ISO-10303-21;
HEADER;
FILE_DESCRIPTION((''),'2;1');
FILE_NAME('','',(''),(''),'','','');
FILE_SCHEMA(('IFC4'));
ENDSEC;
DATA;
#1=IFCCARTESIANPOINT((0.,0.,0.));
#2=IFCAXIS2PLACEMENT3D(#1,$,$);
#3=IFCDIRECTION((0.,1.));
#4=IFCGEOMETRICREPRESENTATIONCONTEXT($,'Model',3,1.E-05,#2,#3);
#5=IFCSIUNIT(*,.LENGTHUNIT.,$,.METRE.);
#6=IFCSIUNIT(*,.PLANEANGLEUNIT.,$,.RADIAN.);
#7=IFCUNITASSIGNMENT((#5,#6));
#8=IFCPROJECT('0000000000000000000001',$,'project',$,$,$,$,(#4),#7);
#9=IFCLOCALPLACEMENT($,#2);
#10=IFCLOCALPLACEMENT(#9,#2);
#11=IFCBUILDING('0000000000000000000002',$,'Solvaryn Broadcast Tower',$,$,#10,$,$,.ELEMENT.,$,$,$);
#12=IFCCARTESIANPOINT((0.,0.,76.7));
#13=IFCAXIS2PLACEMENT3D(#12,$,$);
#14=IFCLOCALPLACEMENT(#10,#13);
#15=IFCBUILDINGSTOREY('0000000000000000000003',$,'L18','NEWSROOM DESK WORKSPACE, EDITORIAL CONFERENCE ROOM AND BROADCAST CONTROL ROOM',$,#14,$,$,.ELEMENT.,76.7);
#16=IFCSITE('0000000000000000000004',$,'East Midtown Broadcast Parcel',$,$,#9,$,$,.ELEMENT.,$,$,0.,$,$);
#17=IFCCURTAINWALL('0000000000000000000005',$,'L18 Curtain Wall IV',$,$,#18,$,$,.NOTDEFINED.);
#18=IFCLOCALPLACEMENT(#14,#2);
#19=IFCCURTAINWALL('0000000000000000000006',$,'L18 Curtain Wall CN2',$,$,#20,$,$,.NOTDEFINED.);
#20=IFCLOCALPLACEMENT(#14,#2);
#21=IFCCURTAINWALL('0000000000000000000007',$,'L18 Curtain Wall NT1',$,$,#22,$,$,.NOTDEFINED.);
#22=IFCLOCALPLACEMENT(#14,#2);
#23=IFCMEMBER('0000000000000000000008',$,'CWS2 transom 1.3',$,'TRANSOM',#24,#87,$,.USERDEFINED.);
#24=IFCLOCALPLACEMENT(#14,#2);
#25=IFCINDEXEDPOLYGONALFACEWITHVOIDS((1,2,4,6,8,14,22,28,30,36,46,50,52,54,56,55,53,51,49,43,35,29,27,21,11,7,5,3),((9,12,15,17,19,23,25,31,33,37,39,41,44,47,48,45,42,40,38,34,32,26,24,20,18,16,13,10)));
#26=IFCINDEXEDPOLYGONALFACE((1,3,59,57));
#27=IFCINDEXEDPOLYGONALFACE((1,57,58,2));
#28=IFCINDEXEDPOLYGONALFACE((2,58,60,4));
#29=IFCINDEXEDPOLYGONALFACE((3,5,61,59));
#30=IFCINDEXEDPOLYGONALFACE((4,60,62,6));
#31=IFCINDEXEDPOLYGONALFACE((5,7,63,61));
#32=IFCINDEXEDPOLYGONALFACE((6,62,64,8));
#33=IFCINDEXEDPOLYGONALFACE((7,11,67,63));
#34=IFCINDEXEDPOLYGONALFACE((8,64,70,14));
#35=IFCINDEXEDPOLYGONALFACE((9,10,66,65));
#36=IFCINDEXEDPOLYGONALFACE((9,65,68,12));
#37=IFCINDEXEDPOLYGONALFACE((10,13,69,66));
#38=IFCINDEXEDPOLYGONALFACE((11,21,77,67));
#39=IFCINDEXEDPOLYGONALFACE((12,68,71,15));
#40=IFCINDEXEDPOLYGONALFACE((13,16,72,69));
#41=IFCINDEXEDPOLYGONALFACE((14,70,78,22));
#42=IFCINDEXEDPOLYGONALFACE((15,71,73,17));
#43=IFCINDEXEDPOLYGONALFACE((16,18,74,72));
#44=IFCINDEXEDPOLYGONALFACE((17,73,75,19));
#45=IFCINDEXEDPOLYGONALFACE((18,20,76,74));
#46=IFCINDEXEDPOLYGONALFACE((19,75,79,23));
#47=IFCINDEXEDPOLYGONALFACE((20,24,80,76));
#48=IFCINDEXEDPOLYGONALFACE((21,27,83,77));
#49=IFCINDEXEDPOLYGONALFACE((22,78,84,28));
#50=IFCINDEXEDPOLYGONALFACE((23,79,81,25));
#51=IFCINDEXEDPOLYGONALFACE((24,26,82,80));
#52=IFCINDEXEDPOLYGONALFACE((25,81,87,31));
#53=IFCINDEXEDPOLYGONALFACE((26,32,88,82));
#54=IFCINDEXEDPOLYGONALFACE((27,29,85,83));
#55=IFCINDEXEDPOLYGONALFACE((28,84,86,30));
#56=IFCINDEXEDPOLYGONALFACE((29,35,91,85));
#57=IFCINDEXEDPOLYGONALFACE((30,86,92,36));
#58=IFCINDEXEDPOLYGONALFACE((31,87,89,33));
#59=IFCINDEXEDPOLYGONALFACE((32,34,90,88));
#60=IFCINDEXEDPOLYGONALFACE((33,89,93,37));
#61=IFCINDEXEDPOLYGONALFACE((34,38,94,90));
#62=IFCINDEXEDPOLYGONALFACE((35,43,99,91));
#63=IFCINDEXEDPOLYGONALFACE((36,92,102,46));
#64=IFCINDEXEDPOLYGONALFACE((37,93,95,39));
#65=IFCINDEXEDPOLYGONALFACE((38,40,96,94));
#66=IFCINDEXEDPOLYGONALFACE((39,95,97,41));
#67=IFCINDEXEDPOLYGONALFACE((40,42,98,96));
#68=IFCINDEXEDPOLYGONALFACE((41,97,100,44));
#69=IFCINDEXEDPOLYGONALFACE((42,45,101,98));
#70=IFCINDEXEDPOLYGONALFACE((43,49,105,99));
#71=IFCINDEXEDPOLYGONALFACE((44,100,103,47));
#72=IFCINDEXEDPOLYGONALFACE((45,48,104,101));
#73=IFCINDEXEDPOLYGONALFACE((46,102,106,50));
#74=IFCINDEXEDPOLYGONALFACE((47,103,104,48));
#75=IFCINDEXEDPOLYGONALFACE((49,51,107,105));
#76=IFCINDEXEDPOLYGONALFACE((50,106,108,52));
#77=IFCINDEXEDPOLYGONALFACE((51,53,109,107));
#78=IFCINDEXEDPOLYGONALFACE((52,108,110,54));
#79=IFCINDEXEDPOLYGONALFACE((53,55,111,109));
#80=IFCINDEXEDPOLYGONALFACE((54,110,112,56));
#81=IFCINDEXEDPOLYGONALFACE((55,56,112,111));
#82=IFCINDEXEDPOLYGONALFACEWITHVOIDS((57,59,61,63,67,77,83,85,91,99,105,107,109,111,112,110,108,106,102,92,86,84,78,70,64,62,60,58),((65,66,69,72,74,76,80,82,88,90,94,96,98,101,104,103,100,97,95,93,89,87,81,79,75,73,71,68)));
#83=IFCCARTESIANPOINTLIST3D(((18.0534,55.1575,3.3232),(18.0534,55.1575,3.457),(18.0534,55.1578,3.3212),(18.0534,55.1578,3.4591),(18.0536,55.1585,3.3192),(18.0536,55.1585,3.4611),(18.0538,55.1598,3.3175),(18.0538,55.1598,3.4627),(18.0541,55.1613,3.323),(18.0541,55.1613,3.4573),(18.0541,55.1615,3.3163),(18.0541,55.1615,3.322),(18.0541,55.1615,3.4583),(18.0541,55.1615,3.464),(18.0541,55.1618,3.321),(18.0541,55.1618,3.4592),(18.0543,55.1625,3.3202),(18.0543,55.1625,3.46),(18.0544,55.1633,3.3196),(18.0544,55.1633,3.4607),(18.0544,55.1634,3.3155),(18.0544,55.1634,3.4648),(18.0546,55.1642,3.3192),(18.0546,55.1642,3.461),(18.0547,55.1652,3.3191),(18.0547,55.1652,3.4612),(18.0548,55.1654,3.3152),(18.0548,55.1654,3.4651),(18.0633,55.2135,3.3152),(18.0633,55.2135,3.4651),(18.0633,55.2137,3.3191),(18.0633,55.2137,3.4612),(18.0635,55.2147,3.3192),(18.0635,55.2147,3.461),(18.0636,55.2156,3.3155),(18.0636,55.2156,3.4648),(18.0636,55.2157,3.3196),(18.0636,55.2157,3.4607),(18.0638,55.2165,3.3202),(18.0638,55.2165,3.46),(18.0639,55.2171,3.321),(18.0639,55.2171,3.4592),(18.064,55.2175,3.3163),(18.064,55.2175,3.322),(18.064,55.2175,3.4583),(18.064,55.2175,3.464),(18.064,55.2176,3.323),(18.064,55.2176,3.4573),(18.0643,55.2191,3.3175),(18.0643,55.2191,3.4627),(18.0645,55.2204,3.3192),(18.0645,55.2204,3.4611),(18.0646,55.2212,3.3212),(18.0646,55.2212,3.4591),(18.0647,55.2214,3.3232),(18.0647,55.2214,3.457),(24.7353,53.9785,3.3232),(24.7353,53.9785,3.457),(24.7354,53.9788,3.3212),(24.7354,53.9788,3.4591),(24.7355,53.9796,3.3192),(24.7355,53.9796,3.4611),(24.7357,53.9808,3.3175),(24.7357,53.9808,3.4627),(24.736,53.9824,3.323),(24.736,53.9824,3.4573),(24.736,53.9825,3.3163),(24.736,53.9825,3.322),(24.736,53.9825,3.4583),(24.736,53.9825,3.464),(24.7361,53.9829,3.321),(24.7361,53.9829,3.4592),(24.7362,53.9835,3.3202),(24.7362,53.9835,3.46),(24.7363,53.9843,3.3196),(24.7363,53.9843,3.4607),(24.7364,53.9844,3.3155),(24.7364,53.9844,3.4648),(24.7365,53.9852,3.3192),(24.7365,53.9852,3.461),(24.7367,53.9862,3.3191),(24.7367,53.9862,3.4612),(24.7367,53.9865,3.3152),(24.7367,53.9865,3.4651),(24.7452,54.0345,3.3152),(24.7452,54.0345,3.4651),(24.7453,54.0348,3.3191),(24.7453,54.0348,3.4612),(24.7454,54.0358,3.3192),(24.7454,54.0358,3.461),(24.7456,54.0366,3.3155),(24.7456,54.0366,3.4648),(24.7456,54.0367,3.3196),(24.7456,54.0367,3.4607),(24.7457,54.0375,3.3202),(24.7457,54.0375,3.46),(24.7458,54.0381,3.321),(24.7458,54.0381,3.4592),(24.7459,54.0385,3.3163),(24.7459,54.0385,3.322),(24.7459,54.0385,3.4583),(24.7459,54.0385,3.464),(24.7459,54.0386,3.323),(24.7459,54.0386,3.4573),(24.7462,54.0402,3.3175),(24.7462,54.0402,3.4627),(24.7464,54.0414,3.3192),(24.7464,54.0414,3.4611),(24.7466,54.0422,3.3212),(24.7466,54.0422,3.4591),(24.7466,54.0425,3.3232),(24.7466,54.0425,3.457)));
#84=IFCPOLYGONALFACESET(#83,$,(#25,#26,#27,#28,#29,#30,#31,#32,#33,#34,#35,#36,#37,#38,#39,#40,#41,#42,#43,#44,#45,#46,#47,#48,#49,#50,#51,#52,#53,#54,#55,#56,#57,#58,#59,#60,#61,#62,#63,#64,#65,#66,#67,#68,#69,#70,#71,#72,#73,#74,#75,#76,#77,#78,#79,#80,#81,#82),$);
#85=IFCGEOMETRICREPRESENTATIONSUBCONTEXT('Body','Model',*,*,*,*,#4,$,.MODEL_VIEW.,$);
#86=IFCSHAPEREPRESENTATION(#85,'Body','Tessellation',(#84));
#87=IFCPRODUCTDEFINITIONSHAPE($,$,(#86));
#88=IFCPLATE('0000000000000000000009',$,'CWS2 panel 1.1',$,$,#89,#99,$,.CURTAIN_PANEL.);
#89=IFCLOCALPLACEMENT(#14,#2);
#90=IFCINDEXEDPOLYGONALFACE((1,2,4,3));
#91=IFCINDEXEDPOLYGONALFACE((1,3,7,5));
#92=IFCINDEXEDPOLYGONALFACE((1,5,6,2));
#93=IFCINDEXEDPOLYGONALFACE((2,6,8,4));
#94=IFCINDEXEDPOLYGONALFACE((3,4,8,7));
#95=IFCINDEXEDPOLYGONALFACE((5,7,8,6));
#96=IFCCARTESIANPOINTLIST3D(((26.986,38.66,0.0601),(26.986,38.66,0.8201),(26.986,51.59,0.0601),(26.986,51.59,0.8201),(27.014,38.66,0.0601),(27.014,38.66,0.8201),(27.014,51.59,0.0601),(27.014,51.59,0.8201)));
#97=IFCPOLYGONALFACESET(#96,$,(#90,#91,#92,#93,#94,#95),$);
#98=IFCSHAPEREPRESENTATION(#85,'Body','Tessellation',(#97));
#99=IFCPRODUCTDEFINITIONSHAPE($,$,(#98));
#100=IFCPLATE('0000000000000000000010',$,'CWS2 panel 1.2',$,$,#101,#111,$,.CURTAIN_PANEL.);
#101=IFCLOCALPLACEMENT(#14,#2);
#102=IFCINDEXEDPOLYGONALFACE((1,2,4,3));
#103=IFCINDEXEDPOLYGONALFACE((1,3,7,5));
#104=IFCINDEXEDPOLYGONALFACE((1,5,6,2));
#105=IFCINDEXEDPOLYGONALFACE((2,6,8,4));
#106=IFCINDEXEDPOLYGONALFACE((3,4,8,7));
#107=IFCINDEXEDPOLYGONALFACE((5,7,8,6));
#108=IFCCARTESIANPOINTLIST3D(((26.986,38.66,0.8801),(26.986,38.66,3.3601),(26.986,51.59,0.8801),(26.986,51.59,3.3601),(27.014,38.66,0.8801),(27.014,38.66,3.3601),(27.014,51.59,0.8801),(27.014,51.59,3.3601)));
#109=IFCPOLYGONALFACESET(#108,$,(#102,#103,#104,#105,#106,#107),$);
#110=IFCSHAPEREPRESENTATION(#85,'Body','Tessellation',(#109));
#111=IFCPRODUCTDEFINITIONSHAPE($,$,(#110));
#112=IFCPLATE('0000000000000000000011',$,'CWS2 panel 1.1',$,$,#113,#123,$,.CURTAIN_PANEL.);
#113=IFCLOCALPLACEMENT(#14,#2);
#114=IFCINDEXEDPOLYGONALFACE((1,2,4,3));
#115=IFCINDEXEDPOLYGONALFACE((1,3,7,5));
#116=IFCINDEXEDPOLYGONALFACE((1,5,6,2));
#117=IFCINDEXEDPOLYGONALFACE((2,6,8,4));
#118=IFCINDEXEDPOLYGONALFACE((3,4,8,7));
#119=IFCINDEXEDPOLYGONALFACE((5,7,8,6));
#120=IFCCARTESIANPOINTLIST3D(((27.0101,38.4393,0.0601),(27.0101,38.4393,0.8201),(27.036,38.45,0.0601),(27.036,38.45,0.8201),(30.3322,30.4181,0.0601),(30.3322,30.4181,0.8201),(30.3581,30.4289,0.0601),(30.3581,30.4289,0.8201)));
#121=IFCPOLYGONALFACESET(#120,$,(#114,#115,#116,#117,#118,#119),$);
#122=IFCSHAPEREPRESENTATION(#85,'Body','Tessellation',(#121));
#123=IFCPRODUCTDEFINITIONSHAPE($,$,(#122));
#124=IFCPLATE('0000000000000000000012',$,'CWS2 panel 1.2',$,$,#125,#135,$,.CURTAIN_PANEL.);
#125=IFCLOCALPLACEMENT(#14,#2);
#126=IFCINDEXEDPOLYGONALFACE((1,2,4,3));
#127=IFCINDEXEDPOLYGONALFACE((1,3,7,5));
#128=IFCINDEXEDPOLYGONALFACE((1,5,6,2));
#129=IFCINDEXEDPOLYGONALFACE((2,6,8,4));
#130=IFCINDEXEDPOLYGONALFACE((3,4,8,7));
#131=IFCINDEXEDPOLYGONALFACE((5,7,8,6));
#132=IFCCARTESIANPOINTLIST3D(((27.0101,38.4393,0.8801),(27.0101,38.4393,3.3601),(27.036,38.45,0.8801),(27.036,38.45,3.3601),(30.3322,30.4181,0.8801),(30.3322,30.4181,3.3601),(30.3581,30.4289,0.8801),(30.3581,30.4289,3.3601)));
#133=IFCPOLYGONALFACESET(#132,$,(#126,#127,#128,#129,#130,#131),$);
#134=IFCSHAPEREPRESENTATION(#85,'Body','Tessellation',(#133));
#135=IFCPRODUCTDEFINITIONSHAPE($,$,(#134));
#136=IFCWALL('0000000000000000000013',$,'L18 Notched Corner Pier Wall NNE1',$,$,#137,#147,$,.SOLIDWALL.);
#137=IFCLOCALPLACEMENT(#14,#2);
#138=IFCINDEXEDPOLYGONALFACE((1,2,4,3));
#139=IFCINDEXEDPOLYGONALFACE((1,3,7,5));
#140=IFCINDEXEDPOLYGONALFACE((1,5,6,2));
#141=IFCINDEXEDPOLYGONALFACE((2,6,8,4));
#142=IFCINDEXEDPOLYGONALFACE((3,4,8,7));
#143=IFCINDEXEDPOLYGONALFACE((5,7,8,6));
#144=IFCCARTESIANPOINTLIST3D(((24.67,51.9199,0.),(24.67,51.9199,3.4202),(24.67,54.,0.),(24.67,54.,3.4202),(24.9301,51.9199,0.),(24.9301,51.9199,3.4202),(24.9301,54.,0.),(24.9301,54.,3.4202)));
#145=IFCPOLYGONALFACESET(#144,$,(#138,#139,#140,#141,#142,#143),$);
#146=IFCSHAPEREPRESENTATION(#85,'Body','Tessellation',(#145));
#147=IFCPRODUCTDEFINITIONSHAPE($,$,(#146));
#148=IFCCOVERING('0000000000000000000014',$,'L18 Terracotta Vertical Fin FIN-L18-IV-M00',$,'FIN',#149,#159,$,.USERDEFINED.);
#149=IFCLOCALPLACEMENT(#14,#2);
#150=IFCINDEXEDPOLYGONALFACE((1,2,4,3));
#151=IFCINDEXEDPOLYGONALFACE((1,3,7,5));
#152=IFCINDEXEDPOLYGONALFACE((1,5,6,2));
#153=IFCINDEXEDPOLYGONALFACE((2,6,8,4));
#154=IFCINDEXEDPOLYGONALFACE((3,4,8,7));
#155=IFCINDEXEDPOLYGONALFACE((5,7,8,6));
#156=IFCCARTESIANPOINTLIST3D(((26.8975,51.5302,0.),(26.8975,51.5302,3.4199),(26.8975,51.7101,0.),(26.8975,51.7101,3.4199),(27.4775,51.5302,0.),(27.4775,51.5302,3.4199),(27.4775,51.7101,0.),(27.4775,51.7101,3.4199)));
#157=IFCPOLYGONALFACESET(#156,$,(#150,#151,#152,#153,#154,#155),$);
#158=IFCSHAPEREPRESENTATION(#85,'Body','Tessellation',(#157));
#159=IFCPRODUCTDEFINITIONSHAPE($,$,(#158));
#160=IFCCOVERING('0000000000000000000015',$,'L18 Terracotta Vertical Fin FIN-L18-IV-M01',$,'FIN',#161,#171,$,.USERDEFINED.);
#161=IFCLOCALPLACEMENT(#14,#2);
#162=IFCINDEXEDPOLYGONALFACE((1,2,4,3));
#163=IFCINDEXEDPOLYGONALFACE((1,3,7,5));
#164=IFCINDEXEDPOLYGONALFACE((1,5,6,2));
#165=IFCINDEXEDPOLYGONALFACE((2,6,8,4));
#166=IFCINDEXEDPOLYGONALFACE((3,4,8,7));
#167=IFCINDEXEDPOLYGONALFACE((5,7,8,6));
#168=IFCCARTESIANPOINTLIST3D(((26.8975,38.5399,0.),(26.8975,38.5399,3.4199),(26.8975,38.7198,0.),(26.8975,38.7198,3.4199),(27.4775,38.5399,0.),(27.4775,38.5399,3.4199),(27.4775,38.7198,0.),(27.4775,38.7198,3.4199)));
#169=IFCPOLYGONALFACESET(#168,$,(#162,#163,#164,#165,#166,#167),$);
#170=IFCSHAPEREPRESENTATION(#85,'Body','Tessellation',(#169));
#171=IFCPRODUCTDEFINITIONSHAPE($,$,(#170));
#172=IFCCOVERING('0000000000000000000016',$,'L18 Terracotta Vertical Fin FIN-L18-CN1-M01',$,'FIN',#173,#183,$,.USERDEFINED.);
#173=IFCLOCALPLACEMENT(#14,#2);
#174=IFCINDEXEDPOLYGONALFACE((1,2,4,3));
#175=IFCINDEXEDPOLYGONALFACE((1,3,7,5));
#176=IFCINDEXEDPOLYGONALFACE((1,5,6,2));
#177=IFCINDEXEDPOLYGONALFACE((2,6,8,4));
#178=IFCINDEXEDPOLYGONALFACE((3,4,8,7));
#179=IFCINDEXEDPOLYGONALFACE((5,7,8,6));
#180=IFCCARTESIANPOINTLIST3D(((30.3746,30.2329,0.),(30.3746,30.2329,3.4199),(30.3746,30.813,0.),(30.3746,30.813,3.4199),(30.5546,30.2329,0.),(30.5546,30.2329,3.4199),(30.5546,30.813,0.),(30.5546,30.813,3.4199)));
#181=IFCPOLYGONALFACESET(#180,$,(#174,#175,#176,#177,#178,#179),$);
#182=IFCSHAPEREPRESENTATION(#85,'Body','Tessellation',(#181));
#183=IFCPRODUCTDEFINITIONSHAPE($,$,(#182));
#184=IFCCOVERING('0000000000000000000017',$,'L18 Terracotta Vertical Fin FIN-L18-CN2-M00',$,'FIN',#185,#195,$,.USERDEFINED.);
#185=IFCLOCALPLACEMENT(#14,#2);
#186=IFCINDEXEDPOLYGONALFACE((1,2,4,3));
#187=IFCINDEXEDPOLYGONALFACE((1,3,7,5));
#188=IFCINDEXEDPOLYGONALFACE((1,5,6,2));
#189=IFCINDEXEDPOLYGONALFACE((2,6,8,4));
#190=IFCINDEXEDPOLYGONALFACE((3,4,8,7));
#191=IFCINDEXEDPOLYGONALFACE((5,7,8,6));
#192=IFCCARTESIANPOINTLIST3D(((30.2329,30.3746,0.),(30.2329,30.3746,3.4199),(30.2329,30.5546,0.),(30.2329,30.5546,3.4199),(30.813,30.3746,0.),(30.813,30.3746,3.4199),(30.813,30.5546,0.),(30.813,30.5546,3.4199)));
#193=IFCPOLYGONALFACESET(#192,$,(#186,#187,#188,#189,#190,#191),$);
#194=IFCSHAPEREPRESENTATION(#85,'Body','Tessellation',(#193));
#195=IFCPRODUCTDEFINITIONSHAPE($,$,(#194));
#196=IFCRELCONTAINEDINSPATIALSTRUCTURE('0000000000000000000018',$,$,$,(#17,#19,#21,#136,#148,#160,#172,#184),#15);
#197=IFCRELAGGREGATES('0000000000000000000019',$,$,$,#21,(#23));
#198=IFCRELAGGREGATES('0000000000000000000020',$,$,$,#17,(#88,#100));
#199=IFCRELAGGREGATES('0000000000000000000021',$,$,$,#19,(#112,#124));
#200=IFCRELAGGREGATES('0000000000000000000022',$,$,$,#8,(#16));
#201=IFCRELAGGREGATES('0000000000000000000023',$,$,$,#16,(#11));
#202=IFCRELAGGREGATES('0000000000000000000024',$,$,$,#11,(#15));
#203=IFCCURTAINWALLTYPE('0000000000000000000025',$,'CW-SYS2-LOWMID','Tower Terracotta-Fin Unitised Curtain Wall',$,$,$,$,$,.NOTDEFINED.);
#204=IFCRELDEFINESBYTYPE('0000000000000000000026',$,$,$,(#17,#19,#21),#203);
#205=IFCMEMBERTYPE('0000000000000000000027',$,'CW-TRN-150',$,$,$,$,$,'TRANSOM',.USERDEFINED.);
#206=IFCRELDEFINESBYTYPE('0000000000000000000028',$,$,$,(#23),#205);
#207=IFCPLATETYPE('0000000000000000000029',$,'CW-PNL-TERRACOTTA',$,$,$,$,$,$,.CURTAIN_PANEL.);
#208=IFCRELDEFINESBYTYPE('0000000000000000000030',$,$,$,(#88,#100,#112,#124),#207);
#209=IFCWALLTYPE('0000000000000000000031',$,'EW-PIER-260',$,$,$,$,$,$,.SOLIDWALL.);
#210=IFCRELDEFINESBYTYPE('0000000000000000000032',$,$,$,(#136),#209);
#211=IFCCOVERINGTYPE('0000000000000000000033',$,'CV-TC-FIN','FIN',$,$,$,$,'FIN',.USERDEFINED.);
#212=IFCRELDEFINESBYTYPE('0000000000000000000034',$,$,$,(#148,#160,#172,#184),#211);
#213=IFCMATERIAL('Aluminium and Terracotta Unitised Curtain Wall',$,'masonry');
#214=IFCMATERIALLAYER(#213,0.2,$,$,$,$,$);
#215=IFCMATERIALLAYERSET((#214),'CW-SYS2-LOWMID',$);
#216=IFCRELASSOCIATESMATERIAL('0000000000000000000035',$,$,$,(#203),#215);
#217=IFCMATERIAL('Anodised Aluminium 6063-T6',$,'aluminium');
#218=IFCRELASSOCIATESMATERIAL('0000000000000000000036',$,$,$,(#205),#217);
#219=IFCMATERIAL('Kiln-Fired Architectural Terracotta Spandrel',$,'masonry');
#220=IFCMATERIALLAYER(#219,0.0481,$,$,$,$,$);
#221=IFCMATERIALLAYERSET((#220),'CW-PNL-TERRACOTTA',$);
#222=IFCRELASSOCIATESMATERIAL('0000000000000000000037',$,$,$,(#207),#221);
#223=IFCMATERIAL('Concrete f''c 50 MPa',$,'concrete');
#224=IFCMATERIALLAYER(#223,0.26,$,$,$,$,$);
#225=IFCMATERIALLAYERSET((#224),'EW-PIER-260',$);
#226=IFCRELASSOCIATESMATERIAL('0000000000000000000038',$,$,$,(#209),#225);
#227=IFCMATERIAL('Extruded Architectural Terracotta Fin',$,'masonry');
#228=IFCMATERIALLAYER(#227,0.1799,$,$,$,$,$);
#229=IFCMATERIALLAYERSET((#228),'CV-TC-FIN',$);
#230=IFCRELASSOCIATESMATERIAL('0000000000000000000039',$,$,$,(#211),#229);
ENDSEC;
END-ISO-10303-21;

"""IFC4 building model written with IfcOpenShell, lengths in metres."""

from ifc_helpers import new_model, si_unit, direction, frame, frame_2d, origin, origin_2d, place, context, subcontext, project, spatial, rectangle, hollow_rectangle, extrude, material, layer, layer_set, material_profile, profile_set, type_object, element, aggregate, save


model = new_model("IFC4")

# Units and contexts
model_context = context("Model", 3, precision=1e-05, world=origin(), true_north=direction((0.0, 1.0)))
body_context = subcontext(model_context, "Body", "Model", "MODEL_VIEW")
ifc_project = project(units=[si_unit("LENGTHUNIT", "METRE"), si_unit("PLANEANGLEUNIT", "RADIAN")], contexts=[model_context])

# Site, building, storey
site_placement = place(None, origin())
site = spatial("IfcSite", under=ifc_project, at=site_placement, Name="East Midtown Broadcast Parcel", CompositionType="ELEMENT", RefElevation=0.0)
building_placement = place(site_placement, origin())
building = spatial("IfcBuilding", under=site, at=building_placement, Name="Solvaryn Broadcast Tower", CompositionType="ELEMENT")
storey_placement = place(building_placement, frame((0.0, 0.0, 76.7)))
storey = spatial("IfcBuildingStorey", under=building, at=storey_placement, Name="L18", Description="NEWSROOM DESK WORKSPACE, EDITORIAL CONFERENCE ROOM AND BROADCAST CONTROL ROOM", CompositionType="ELEMENT", Elevation=76.7)

# Curtain wall
ifc_material_1 = material(Name="Aluminium and Terracotta Unitised Curtain Wall", Category="masonry")
ifc_layer_1 = layer(ifc_material_1, 0.2)
ifc_layer_set_1 = layer_set([ifc_layer_1], Name="CW-SYS2-LOWMID")
curtain_wall_type = type_object("IfcCurtainWallType", Name="CW-SYS2-LOWMID", Description="Tower Terracotta-Fin Unitised Curtain Wall", PredefinedType="NOTDEFINED", material=ifc_layer_set_1)
curtain_wall_1_placement = place(storey_placement, origin())
curtain_wall_1 = element("IfcCurtainWall", 1, at=curtain_wall_1_placement, inside=storey, type_object=curtain_wall_type, Name="L18 Curtain Wall IV", PredefinedType="NOTDEFINED")

# Curtain walls
curtain_wall_2_placement = place(storey_placement, origin())
curtain_wall_2 = element("IfcCurtainWall", 2, at=curtain_wall_2_placement, inside=storey, type_object=curtain_wall_type, Name="L18 Curtain Wall CN2", PredefinedType="NOTDEFINED")
curtain_wall_3_placement = place(storey_placement, origin())
curtain_wall_3 = element("IfcCurtainWall", 3, at=curtain_wall_3_placement, inside=storey, type_object=curtain_wall_type, Name="L18 Curtain Wall NT1", PredefinedType="NOTDEFINED")

# Member
ifc_material_2 = material(Name="Anodised Aluminium 6063-T6", Category="aluminium")
ifc_material_profile_1 = material_profile(ifc_material_2, hollow_rectangle(XDim=0.0649, YDim=0.1499, WallThickness=0.0039, InnerFilletRadius=0.0039, OuterFilletRadius=0.0081, at=origin_2d()))
ifc_profile_set_1 = profile_set([ifc_material_profile_1], Name="Anodised Aluminium 6063-T6")
member_type_1 = type_object("IfcMemberType", Name="CW-TRN-150", ElementType="TRANSOM", PredefinedType="USERDEFINED", material=ifc_profile_set_1)
member_1_placement = place(storey_placement, frame((24.741, 54.0105, 3.3901), z_axis=(-0.984789, 0.173757, 0.0), x_axis=(-0.173757, -0.984789, 0.0)))
member_1 = element("IfcMember", 4, at=member_1_placement, type_object=member_type_1, Name="CWS2 transom 1.3", ObjectType="TRANSOM", PredefinedType="USERDEFINED", context=body_context, shape_type="SweptSolid", body=[
    extrude(hollow_rectangle(XDim=0.0649, YDim=0.1499, WallThickness=0.0039, InnerFilletRadius=0.0039, OuterFilletRadius=0.0081, at=origin_2d()), origin(), (0.0, 0.0, 1.0), 6.7852),
])
aggregate(curtain_wall_3, [member_1])

# Plates
ifc_material_3 = material(Name="Kiln-Fired Architectural Terracotta Spandrel", Category="masonry")
ifc_layer_2 = layer(ifc_material_3, 0.0481)
ifc_layer_set_2 = layer_set([ifc_layer_2], Name="CW-PNL-TERRACOTTA")
plate_type = type_object("IfcPlateType", Name="CW-PNL-TERRACOTTA", PredefinedType="CURTAIN_PANEL", material=ifc_layer_set_2)
plate_1_placement = place(storey_placement, frame((27.0, 45.125, 0.0601), z_axis=(0.0, 0.0, 1.0), x_axis=(0.0, -1.0, 0.0)))
plate_1 = element("IfcPlate", 5, at=plate_1_placement, type_object=plate_type, Name="CWS2 panel 1.1", PredefinedType="CURTAIN_PANEL", context=body_context, shape_type="SweptSolid", body=[
    extrude(rectangle(XDim=12.9299, YDim=0.0281, at=origin_2d()), origin(), (0.0, 0.0, 1.0), 0.76),
])
plate_2_placement = place(storey_placement, frame((27.0, 45.125, 0.8801), z_axis=(0.0, 0.0, 1.0), x_axis=(0.0, -1.0, 0.0)))
plate_2 = element("IfcPlate", 6, at=plate_2_placement, type_object=plate_type, Name="CWS2 panel 1.2", PredefinedType="CURTAIN_PANEL", context=body_context, shape_type="SweptSolid", body=[
    extrude(rectangle(XDim=12.9299, YDim=0.0281, at=origin_2d()), origin(), (0.0, 0.0, 1.0), 2.48),
])
aggregate(curtain_wall_1, [plate_1, plate_2])
plate_3_placement = place(storey_placement, frame((28.6841, 34.4341, 0.0601), z_axis=(0.0, 0.0, 1.0), x_axis=(-0.382646, 0.923895, 0.0)))
plate_3 = element("IfcPlate", 7, at=plate_3_placement, type_object=plate_type, Name="CWS2 panel 1.1", PredefinedType="CURTAIN_PANEL", context=body_context, shape_type="SweptSolid", body=[
    extrude(rectangle(XDim=8.6819, YDim=0.0281, at=origin_2d()), origin(), (0.0, 0.0, 1.0), 0.76),
])
plate_4_placement = place(storey_placement, frame((28.6841, 34.4341, 0.8801), z_axis=(0.0, 0.0, 1.0), x_axis=(-0.382646, 0.923895, 0.0)))
plate_4 = element("IfcPlate", 8, at=plate_4_placement, type_object=plate_type, Name="CWS2 panel 1.2", PredefinedType="CURTAIN_PANEL", context=body_context, shape_type="SweptSolid", body=[
    extrude(rectangle(XDim=8.6819, YDim=0.0281, at=origin_2d()), origin(), (0.0, 0.0, 1.0), 2.48),
])
aggregate(curtain_wall_2, [plate_3, plate_4])

# Wall
ifc_material_4 = material(Name="Concrete f'c 50 MPa", Category="concrete")
ifc_layer_3 = layer(ifc_material_4, 0.26)
ifc_layer_set_3 = layer_set([ifc_layer_3], Name="EW-PIER-260")
wall_type_1 = type_object("IfcWallType", Name="EW-PIER-260", PredefinedType="SOLIDWALL", material=ifc_layer_set_3)
wall_1_placement = place(storey_placement, frame((24.8, 54.0, 0.0), z_axis=(0.0, 0.0, 1.0), x_axis=(0.0, -1.0, 0.0)))
element("IfcWall", 9, at=wall_1_placement, inside=storey, type_object=wall_type_1, Name="L18 Notched Corner Pier Wall NNE1", PredefinedType="SOLIDWALL", context=body_context, shape_type="SweptSolid", body=[
    extrude(rectangle(XDim=2.0801, YDim=0.26, at=frame_2d((1.04, 0.0))), origin(), (0.0, 0.0, 1.0), 3.4202),
])

# Coverings
ifc_material_5 = material(Name="Extruded Architectural Terracotta Fin", Category="masonry")
ifc_layer_4 = layer(ifc_material_5, 0.1799)
ifc_layer_set_4 = layer_set([ifc_layer_4], Name="CV-TC-FIN")
covering_type = type_object("IfcCoveringType", Name="CV-TC-FIN", Description="FIN", ElementType="FIN", PredefinedType="USERDEFINED", material=ifc_layer_set_4)
for number, where, z_axis, x_axis, name in (
    (10, (27.1875, 51.6201, 0.0), (0.0, 0.0, 1.0), (1.0, 0.0, 0.0), "L18 Terracotta Vertical Fin FIN-L18-IV-M00"),
    (11, (27.1875, 38.6299, 0.0), (0.0, 0.0, 1.0), (1.0, 0.0, 0.0), "L18 Terracotta Vertical Fin FIN-L18-IV-M01"),
):
    element("IfcCovering", number, at=place(storey_placement, frame(where, z_axis=z_axis, x_axis=x_axis)), inside=storey, type_object=covering_type, Name=name, ObjectType="FIN", PredefinedType="USERDEFINED", context=body_context, shape_type="SweptSolid", body=[
        extrude(rectangle(XDim=0.5801, YDim=0.1799, at=origin_2d()), origin(), (0.0, 0.0, 1.0), 3.4199),
    ])
covering_1_placement = place(storey_placement, frame((30.4646, 30.5229, 0.0), z_axis=(0.0, 0.0, 1.0), x_axis=(1.0, 0.0, 0.0)))
element("IfcCovering", 12, at=covering_1_placement, inside=storey, type_object=covering_type, Name="L18 Terracotta Vertical Fin FIN-L18-CN1-M01", ObjectType="FIN", PredefinedType="USERDEFINED", context=body_context, shape_type="SweptSolid", body=[
    extrude(rectangle(XDim=0.1799, YDim=0.5801, at=origin_2d()), origin(), (0.0, 0.0, 1.0), 3.4199),
])
for number, where, z_axis, x_axis, name in (
    (13, (30.5229, 30.4646, 0.0), (0.0, 0.0, 1.0), (1.0, 0.0, 0.0), "L18 Terracotta Vertical Fin FIN-L18-CN2-M00"),
):
    element("IfcCovering", number, at=place(storey_placement, frame(where, z_axis=z_axis, x_axis=x_axis)), inside=storey, type_object=covering_type, Name=name, ObjectType="FIN", PredefinedType="USERDEFINED", context=body_context, shape_type="SweptSolid", body=[
        extrude(rectangle(XDim=0.5801, YDim=0.1799, at=origin_2d()), origin(), (0.0, 0.0, 1.0), 3.4199),
    ])

save(model, "model.ifc")
